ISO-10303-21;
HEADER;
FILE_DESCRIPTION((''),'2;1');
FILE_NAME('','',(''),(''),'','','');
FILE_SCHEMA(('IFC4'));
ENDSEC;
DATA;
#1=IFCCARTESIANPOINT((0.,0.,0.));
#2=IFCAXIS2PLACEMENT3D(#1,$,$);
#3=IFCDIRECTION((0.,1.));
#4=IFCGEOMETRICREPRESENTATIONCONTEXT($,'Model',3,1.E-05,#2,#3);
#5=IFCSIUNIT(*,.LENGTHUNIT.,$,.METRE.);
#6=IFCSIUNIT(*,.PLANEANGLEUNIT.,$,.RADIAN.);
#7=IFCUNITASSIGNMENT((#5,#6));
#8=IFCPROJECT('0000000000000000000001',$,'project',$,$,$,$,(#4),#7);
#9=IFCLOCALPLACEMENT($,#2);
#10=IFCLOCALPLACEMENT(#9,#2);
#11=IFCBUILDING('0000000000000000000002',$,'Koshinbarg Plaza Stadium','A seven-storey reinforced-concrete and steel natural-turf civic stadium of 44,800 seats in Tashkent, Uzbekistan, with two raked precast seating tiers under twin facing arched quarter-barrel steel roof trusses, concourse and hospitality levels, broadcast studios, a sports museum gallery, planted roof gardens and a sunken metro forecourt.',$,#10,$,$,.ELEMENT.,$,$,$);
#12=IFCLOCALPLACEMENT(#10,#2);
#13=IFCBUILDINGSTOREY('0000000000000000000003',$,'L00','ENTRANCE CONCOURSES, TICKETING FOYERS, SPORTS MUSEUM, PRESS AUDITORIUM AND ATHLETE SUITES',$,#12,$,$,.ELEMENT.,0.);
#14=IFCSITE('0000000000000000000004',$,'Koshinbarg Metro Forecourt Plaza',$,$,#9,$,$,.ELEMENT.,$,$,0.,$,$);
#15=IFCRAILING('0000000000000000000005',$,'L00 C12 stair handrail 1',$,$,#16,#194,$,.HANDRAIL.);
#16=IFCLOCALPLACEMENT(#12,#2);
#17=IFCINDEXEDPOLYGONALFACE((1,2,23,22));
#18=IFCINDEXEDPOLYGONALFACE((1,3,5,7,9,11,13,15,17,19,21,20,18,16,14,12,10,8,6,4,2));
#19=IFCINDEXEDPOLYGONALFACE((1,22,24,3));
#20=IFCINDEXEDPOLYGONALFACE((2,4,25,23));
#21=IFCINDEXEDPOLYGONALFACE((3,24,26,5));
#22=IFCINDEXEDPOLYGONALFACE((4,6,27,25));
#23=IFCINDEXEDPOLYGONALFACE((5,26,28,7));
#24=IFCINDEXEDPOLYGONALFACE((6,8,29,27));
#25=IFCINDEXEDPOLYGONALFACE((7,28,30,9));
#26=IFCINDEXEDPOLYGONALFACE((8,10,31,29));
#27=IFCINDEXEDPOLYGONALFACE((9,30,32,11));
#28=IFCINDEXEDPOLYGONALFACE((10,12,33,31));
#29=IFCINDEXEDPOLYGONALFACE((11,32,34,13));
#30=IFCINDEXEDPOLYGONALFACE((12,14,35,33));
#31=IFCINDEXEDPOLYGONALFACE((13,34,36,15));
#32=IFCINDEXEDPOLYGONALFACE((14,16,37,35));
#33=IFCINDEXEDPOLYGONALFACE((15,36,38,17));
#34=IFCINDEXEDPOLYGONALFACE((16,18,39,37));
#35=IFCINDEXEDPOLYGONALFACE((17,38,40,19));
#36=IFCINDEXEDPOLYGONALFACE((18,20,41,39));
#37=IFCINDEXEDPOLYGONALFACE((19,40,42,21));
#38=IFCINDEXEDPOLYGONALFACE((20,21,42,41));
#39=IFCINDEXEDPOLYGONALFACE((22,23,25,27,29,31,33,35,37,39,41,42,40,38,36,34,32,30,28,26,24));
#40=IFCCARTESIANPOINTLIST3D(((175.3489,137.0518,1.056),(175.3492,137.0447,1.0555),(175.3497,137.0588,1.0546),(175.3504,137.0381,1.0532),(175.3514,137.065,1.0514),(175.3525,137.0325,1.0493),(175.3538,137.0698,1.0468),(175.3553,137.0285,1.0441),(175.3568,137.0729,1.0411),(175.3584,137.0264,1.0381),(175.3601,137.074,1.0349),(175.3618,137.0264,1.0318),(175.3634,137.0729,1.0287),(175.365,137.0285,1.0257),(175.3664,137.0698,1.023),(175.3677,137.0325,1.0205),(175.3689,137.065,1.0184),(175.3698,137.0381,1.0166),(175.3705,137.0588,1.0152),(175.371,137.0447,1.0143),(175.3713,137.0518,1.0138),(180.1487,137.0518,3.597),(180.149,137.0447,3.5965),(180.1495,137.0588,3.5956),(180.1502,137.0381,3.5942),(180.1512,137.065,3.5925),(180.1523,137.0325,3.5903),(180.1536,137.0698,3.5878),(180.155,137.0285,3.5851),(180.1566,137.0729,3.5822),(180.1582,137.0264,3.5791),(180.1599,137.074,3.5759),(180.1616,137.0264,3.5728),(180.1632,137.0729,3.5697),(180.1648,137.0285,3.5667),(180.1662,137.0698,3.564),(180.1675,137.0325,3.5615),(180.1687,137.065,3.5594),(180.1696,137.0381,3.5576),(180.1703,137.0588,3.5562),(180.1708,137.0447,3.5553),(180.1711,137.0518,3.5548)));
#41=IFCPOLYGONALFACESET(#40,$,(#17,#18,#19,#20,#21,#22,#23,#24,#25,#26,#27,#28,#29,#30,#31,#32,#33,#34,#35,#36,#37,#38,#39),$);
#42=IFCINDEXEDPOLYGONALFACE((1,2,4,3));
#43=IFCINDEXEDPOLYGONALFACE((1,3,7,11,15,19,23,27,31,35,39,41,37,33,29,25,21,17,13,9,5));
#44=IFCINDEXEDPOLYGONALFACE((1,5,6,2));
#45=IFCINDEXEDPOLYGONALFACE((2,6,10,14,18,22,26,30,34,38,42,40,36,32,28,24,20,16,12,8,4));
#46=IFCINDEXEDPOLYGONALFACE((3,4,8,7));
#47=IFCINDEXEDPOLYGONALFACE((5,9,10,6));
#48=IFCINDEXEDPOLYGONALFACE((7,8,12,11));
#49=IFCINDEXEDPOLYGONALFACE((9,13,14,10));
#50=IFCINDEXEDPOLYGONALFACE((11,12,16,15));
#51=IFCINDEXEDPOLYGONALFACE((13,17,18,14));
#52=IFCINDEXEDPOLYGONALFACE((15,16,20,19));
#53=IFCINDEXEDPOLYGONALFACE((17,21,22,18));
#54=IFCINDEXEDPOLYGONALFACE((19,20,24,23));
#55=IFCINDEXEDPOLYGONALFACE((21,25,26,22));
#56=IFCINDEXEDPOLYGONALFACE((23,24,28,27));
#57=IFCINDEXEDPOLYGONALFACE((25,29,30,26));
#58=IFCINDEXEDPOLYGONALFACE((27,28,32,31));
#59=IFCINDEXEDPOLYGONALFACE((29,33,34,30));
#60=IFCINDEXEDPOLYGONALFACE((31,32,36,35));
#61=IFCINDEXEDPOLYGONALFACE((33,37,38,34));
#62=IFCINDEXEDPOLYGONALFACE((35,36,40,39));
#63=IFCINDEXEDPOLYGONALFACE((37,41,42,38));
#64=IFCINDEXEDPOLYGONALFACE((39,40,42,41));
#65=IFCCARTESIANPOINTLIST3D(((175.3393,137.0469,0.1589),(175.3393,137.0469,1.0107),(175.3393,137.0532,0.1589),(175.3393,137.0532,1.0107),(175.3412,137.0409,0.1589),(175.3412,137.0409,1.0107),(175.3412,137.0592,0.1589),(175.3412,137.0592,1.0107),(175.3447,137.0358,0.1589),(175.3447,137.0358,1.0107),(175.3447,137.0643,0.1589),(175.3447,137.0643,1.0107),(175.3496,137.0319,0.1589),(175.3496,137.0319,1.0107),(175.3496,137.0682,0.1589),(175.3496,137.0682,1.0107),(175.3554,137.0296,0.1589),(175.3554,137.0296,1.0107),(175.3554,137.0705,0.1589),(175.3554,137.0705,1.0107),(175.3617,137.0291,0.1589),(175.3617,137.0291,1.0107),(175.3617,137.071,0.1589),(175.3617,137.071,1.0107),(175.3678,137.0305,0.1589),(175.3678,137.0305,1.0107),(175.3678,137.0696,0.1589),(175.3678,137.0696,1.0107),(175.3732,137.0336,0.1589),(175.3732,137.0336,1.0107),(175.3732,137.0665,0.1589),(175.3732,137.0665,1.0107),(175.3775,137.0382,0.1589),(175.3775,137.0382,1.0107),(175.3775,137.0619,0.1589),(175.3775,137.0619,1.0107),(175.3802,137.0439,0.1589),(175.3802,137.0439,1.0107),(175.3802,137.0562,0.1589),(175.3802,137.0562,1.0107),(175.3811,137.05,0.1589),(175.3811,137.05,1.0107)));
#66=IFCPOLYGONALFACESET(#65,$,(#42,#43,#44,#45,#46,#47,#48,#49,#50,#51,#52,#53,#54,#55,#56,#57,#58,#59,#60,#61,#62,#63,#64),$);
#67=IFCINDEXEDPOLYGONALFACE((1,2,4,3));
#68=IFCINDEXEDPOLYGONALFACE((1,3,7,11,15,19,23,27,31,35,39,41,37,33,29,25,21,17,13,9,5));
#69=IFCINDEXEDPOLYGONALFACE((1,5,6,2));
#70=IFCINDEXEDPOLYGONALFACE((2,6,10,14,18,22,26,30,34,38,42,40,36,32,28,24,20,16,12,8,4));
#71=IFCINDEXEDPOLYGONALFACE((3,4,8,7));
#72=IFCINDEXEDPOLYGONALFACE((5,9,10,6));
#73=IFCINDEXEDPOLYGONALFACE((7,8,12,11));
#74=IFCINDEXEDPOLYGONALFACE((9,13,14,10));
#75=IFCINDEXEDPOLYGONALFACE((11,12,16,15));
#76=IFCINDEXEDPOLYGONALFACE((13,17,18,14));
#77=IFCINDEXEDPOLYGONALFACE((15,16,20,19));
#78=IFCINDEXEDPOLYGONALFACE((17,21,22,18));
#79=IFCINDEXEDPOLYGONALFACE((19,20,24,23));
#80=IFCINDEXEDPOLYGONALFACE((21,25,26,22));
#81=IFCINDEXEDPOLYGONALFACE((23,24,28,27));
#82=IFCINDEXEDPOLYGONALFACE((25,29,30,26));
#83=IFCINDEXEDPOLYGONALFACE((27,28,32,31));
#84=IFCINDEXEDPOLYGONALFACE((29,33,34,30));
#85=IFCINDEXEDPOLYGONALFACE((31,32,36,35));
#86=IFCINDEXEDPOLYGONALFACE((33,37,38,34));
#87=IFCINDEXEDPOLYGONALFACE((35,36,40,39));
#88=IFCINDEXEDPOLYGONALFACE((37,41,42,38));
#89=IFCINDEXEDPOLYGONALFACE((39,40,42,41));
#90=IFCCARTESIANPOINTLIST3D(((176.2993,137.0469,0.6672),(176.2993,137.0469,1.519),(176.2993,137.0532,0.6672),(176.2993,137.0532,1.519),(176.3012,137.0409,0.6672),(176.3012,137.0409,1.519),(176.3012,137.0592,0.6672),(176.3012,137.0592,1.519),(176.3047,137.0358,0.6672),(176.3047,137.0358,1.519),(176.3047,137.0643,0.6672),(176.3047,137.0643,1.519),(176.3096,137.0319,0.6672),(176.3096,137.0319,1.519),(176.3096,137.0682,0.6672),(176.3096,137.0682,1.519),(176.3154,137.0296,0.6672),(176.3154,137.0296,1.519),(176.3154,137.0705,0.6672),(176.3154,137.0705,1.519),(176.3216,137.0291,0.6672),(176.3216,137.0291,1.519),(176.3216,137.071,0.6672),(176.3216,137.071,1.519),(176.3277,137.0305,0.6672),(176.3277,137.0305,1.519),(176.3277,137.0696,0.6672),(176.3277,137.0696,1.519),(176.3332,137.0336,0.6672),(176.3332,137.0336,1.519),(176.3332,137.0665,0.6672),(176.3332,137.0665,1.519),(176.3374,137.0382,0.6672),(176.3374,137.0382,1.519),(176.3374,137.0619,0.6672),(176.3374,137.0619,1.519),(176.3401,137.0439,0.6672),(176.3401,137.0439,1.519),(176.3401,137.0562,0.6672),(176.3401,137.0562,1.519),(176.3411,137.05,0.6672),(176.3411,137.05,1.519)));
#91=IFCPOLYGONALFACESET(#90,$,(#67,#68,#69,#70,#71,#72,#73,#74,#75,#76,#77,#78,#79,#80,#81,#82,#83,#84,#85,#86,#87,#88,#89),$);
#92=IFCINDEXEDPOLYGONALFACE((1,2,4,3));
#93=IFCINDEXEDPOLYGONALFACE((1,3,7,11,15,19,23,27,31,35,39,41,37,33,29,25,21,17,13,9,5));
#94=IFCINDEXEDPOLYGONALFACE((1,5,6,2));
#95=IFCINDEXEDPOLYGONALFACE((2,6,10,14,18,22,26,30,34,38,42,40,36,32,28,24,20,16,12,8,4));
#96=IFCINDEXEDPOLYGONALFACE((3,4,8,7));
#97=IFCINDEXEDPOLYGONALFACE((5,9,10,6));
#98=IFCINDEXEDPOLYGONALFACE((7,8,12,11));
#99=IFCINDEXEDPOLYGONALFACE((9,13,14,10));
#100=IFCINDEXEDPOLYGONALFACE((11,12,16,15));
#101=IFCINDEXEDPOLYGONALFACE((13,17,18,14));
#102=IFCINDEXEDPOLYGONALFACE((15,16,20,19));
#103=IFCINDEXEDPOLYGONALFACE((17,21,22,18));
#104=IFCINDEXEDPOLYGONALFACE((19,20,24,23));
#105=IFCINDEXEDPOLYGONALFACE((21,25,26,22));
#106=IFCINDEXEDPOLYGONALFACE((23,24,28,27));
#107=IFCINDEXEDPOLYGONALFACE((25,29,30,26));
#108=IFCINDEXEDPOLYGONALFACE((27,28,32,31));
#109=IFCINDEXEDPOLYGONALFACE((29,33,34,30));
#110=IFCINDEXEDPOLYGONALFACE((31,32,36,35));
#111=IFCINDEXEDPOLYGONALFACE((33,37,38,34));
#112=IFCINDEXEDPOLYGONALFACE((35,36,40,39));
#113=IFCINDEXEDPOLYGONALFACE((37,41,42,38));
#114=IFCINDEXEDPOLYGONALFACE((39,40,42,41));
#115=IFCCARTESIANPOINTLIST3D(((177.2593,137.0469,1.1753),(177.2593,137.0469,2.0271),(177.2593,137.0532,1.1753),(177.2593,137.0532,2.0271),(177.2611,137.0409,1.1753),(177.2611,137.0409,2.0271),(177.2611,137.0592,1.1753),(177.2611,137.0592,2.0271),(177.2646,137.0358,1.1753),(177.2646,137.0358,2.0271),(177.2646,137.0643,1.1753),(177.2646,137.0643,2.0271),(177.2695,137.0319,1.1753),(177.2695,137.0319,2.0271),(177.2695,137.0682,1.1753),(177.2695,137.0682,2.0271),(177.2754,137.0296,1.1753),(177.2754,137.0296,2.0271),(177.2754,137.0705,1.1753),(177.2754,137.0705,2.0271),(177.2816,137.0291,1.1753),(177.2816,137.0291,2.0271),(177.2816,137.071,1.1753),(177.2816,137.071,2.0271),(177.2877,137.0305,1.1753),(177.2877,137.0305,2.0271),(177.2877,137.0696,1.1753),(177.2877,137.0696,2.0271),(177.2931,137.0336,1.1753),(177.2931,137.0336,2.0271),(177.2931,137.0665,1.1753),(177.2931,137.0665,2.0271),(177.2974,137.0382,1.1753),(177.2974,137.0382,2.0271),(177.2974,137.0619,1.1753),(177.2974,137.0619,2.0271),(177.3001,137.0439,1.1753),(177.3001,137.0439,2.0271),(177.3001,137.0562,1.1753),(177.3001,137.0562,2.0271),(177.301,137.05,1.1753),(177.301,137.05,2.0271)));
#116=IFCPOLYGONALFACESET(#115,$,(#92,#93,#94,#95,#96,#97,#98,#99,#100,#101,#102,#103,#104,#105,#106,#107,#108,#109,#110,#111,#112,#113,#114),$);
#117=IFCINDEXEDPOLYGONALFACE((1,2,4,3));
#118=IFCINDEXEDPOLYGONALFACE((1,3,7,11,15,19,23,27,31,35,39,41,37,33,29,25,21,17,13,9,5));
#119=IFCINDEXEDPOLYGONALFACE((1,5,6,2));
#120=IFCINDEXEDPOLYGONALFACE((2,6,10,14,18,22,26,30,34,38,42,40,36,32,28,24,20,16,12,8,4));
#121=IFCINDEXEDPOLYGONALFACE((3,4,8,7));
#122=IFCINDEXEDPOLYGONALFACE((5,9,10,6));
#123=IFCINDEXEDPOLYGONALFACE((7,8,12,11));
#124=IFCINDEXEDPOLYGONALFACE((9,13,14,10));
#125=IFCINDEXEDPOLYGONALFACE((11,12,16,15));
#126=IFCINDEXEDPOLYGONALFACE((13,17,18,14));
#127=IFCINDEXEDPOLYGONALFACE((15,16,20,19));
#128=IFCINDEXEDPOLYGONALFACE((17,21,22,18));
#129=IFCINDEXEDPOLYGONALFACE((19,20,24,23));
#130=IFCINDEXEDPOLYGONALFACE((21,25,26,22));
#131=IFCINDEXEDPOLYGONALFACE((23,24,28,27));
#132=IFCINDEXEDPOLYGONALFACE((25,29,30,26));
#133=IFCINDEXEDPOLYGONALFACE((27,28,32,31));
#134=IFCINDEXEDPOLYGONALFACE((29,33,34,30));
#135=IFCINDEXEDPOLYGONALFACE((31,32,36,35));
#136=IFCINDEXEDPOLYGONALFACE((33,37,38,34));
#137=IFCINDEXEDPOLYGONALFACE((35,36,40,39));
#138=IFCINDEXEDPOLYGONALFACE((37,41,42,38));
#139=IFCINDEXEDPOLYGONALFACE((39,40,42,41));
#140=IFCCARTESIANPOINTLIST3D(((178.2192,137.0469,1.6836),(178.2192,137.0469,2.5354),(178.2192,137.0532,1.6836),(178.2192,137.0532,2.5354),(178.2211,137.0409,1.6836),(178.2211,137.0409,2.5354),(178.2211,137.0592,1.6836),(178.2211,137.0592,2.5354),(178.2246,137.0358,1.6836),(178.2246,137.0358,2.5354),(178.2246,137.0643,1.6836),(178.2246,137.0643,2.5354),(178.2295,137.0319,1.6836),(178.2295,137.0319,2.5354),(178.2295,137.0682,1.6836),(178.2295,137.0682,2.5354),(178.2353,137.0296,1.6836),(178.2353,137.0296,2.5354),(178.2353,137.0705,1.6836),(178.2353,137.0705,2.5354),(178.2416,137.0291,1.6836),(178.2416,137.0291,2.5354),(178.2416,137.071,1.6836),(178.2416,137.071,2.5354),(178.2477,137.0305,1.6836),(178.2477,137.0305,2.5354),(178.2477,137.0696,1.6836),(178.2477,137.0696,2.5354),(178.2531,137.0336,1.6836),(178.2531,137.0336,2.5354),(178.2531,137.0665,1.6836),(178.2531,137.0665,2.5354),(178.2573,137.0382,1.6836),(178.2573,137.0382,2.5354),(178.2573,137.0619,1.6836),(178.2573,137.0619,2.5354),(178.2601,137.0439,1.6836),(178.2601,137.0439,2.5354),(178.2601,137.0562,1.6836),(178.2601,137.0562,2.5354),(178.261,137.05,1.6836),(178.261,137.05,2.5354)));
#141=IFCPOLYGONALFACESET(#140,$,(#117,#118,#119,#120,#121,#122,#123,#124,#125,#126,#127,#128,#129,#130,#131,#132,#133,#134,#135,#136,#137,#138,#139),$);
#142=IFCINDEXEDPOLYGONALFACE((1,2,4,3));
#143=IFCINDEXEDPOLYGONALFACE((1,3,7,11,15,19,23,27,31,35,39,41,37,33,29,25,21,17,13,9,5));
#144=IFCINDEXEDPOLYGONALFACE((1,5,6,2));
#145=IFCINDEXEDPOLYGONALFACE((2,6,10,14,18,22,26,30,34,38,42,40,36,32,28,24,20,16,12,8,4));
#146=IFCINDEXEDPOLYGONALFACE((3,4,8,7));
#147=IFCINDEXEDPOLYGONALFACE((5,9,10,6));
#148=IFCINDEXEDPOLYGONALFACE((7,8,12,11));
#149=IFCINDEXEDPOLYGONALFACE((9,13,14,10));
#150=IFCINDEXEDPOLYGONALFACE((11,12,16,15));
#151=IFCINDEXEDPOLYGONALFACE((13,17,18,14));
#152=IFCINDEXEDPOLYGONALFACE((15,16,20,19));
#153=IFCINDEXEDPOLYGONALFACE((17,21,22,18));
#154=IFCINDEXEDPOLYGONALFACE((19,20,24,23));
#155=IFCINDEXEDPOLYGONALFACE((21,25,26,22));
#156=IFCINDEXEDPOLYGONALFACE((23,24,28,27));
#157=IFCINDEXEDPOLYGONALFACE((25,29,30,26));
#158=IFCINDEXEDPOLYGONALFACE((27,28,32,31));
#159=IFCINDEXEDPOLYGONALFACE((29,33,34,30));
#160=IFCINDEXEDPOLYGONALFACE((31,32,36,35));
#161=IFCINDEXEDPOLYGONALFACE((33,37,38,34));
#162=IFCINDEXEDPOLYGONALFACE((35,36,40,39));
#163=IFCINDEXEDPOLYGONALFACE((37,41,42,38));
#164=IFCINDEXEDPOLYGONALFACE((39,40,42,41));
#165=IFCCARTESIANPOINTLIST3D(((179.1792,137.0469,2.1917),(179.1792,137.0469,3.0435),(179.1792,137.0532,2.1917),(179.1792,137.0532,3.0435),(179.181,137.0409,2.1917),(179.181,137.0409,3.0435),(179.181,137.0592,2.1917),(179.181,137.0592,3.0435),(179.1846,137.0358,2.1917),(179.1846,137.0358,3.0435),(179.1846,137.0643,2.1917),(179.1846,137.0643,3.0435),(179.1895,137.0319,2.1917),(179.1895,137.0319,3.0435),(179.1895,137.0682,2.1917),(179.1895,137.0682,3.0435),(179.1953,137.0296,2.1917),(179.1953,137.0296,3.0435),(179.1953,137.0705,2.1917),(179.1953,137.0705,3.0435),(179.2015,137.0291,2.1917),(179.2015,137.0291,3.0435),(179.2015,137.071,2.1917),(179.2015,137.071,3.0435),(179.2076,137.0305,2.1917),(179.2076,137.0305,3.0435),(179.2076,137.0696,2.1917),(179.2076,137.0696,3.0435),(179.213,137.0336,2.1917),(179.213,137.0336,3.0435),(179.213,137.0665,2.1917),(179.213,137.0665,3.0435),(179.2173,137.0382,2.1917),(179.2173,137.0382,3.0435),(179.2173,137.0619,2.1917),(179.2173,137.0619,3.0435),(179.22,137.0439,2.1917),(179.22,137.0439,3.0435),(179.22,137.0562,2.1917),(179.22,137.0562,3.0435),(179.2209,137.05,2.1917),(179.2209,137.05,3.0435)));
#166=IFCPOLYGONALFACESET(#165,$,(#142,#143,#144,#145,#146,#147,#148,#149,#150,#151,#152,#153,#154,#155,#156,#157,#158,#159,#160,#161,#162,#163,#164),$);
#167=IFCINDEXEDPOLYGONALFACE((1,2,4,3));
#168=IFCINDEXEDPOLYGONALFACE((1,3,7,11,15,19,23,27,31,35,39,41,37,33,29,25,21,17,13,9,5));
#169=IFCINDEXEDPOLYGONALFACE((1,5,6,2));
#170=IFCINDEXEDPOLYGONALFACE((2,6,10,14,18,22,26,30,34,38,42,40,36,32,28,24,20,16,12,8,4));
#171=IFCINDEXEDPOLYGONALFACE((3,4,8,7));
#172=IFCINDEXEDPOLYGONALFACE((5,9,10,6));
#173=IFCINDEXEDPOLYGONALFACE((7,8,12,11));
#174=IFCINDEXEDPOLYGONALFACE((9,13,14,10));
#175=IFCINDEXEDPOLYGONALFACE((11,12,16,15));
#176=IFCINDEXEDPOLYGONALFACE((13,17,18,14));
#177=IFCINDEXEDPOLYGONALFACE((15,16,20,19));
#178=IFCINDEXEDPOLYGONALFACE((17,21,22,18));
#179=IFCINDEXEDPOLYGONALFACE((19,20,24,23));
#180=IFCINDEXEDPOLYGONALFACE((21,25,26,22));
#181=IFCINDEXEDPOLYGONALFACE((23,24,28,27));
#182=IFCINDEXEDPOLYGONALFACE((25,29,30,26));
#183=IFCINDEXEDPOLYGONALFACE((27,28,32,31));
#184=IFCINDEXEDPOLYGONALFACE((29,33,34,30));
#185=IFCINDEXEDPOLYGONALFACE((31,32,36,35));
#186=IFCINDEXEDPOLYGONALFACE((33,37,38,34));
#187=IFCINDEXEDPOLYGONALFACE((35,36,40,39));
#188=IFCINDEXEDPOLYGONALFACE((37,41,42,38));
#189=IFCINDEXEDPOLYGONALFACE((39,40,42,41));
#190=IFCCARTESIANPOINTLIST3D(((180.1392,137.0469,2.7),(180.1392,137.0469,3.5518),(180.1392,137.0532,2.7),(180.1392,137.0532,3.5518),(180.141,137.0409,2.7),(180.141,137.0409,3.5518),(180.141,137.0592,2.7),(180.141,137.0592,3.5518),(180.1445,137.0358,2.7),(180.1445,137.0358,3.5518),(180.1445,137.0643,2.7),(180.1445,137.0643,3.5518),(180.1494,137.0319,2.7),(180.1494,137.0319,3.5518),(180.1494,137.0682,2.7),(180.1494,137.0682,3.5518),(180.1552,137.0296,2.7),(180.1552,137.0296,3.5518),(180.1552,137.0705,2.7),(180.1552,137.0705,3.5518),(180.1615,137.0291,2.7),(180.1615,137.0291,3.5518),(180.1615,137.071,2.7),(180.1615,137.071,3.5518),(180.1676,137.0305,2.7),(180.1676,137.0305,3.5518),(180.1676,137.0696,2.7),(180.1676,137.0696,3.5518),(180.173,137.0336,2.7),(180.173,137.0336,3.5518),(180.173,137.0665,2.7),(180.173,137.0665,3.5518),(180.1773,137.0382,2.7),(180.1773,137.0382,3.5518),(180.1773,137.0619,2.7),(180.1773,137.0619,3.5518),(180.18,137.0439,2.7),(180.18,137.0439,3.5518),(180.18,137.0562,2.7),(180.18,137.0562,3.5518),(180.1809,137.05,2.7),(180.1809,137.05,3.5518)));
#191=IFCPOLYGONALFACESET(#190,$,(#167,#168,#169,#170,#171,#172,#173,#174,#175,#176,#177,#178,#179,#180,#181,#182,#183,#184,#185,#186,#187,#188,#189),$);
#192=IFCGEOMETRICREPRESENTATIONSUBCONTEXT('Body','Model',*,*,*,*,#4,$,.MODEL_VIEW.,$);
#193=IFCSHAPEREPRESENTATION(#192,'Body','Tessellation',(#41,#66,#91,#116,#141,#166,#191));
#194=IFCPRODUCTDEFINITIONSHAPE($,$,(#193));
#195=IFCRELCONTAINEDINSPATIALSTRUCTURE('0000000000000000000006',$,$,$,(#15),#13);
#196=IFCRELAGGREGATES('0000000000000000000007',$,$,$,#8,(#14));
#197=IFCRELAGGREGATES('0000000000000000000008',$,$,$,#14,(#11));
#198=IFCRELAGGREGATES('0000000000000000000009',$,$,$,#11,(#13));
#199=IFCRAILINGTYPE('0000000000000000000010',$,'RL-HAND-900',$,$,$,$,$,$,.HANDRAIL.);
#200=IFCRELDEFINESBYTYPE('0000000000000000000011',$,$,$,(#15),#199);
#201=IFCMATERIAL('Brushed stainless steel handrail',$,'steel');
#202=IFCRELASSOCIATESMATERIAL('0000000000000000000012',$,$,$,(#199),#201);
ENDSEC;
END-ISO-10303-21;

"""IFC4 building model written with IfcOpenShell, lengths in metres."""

from ifc_helpers import new_model, si_unit, direction, frame, origin, origin_2d, place, context, subcontext, project, spatial, circle, extrude, material, type_object, element, save


model = new_model("IFC4")

# Units and contexts
model_context = context("Model", 3, precision=1e-05, world=origin(), true_north=direction((0.0, 1.0)))
body_context = subcontext(model_context, "Body", "Model", "MODEL_VIEW")
ifc_project = project(units=[si_unit("LENGTHUNIT", "METRE"), si_unit("PLANEANGLEUNIT", "RADIAN")], contexts=[model_context])

# Site, building, storey
site_placement = place(None, origin())
site = spatial("IfcSite", under=ifc_project, at=site_placement, Name="Koshinbarg Metro Forecourt Plaza", CompositionType="ELEMENT", RefElevation=0.0)
building_placement = place(site_placement, origin())
building = spatial("IfcBuilding", under=site, at=building_placement, Name="Koshinbarg Plaza Stadium", Description="A seven-storey reinforced-concrete and steel natural-turf civic stadium of 44,800 seats in Tashkent, Uzbekistan, with two raked precast seating tiers under twin facing arched quarter-barrel steel roof trusses, concourse and hospitality levels, broadcast studios, a sports museum gallery, planted roof gardens and a sunken metro forecourt.", CompositionType="ELEMENT")
storey_placement = place(building_placement, origin())
storey = spatial("IfcBuildingStorey", under=building, at=storey_placement, Name="L00", Description="ENTRANCE CONCOURSES, TICKETING FOYERS, SPORTS MUSEUM, PRESS AUDITORIUM AND ATHLETE SUITES", CompositionType="ELEMENT", Elevation=0.0)

# Railing
ifc_material_1 = material(Name="Brushed stainless steel handrail", Category="steel")
railing_type_1 = type_object("IfcRailingType", Name="RL-HAND-900", PredefinedType="HANDRAIL", material=ifc_material_1)
railing_1_placement = place(storey_placement, frame((175.3601, 137.05, 0.1589)))
element("IfcRailing", 1, at=railing_1_placement, inside=storey, type_object=railing_type_1, Name="L00 C12 stair handrail 1", PredefinedType="HANDRAIL", context=body_context, shape_type="SweptSolid", body=[
    extrude(circle(Radius=0.0239, at=origin_2d()), frame((0.0, 0.0, 0.876), z_axis=(0.883792, 0.0, 0.467879), x_axis=(0.0, 1.0, 0.0)), (0.0, 0.0, 1.0), 5.4309),
    extrude(circle(Radius=0.021, at=origin_2d()), origin(), (0.0, 0.0, 1.0), 0.8518),
    extrude(circle(Radius=0.021, at=origin_2d()), frame((0.96, 0.0, 0.5083)), (0.0, 0.0, 1.0), 0.8518),
    extrude(circle(Radius=0.021, at=origin_2d()), frame((1.9199, 0.0, 1.0164)), (0.0, 0.0, 1.0), 0.8518),
    extrude(circle(Radius=0.021, at=origin_2d()), frame((2.8799, 0.0, 1.5247)), (0.0, 0.0, 1.0), 0.8518),
    extrude(circle(Radius=0.021, at=origin_2d()), frame((3.8398, 0.0, 2.0327)), (0.0, 0.0, 1.0), 0.8518),
    extrude(circle(Radius=0.021, at=origin_2d()), frame((4.7998, 0.0, 2.541)), (0.0, 0.0, 1.0), 0.8518),
])

save(model, "model.ifc")
